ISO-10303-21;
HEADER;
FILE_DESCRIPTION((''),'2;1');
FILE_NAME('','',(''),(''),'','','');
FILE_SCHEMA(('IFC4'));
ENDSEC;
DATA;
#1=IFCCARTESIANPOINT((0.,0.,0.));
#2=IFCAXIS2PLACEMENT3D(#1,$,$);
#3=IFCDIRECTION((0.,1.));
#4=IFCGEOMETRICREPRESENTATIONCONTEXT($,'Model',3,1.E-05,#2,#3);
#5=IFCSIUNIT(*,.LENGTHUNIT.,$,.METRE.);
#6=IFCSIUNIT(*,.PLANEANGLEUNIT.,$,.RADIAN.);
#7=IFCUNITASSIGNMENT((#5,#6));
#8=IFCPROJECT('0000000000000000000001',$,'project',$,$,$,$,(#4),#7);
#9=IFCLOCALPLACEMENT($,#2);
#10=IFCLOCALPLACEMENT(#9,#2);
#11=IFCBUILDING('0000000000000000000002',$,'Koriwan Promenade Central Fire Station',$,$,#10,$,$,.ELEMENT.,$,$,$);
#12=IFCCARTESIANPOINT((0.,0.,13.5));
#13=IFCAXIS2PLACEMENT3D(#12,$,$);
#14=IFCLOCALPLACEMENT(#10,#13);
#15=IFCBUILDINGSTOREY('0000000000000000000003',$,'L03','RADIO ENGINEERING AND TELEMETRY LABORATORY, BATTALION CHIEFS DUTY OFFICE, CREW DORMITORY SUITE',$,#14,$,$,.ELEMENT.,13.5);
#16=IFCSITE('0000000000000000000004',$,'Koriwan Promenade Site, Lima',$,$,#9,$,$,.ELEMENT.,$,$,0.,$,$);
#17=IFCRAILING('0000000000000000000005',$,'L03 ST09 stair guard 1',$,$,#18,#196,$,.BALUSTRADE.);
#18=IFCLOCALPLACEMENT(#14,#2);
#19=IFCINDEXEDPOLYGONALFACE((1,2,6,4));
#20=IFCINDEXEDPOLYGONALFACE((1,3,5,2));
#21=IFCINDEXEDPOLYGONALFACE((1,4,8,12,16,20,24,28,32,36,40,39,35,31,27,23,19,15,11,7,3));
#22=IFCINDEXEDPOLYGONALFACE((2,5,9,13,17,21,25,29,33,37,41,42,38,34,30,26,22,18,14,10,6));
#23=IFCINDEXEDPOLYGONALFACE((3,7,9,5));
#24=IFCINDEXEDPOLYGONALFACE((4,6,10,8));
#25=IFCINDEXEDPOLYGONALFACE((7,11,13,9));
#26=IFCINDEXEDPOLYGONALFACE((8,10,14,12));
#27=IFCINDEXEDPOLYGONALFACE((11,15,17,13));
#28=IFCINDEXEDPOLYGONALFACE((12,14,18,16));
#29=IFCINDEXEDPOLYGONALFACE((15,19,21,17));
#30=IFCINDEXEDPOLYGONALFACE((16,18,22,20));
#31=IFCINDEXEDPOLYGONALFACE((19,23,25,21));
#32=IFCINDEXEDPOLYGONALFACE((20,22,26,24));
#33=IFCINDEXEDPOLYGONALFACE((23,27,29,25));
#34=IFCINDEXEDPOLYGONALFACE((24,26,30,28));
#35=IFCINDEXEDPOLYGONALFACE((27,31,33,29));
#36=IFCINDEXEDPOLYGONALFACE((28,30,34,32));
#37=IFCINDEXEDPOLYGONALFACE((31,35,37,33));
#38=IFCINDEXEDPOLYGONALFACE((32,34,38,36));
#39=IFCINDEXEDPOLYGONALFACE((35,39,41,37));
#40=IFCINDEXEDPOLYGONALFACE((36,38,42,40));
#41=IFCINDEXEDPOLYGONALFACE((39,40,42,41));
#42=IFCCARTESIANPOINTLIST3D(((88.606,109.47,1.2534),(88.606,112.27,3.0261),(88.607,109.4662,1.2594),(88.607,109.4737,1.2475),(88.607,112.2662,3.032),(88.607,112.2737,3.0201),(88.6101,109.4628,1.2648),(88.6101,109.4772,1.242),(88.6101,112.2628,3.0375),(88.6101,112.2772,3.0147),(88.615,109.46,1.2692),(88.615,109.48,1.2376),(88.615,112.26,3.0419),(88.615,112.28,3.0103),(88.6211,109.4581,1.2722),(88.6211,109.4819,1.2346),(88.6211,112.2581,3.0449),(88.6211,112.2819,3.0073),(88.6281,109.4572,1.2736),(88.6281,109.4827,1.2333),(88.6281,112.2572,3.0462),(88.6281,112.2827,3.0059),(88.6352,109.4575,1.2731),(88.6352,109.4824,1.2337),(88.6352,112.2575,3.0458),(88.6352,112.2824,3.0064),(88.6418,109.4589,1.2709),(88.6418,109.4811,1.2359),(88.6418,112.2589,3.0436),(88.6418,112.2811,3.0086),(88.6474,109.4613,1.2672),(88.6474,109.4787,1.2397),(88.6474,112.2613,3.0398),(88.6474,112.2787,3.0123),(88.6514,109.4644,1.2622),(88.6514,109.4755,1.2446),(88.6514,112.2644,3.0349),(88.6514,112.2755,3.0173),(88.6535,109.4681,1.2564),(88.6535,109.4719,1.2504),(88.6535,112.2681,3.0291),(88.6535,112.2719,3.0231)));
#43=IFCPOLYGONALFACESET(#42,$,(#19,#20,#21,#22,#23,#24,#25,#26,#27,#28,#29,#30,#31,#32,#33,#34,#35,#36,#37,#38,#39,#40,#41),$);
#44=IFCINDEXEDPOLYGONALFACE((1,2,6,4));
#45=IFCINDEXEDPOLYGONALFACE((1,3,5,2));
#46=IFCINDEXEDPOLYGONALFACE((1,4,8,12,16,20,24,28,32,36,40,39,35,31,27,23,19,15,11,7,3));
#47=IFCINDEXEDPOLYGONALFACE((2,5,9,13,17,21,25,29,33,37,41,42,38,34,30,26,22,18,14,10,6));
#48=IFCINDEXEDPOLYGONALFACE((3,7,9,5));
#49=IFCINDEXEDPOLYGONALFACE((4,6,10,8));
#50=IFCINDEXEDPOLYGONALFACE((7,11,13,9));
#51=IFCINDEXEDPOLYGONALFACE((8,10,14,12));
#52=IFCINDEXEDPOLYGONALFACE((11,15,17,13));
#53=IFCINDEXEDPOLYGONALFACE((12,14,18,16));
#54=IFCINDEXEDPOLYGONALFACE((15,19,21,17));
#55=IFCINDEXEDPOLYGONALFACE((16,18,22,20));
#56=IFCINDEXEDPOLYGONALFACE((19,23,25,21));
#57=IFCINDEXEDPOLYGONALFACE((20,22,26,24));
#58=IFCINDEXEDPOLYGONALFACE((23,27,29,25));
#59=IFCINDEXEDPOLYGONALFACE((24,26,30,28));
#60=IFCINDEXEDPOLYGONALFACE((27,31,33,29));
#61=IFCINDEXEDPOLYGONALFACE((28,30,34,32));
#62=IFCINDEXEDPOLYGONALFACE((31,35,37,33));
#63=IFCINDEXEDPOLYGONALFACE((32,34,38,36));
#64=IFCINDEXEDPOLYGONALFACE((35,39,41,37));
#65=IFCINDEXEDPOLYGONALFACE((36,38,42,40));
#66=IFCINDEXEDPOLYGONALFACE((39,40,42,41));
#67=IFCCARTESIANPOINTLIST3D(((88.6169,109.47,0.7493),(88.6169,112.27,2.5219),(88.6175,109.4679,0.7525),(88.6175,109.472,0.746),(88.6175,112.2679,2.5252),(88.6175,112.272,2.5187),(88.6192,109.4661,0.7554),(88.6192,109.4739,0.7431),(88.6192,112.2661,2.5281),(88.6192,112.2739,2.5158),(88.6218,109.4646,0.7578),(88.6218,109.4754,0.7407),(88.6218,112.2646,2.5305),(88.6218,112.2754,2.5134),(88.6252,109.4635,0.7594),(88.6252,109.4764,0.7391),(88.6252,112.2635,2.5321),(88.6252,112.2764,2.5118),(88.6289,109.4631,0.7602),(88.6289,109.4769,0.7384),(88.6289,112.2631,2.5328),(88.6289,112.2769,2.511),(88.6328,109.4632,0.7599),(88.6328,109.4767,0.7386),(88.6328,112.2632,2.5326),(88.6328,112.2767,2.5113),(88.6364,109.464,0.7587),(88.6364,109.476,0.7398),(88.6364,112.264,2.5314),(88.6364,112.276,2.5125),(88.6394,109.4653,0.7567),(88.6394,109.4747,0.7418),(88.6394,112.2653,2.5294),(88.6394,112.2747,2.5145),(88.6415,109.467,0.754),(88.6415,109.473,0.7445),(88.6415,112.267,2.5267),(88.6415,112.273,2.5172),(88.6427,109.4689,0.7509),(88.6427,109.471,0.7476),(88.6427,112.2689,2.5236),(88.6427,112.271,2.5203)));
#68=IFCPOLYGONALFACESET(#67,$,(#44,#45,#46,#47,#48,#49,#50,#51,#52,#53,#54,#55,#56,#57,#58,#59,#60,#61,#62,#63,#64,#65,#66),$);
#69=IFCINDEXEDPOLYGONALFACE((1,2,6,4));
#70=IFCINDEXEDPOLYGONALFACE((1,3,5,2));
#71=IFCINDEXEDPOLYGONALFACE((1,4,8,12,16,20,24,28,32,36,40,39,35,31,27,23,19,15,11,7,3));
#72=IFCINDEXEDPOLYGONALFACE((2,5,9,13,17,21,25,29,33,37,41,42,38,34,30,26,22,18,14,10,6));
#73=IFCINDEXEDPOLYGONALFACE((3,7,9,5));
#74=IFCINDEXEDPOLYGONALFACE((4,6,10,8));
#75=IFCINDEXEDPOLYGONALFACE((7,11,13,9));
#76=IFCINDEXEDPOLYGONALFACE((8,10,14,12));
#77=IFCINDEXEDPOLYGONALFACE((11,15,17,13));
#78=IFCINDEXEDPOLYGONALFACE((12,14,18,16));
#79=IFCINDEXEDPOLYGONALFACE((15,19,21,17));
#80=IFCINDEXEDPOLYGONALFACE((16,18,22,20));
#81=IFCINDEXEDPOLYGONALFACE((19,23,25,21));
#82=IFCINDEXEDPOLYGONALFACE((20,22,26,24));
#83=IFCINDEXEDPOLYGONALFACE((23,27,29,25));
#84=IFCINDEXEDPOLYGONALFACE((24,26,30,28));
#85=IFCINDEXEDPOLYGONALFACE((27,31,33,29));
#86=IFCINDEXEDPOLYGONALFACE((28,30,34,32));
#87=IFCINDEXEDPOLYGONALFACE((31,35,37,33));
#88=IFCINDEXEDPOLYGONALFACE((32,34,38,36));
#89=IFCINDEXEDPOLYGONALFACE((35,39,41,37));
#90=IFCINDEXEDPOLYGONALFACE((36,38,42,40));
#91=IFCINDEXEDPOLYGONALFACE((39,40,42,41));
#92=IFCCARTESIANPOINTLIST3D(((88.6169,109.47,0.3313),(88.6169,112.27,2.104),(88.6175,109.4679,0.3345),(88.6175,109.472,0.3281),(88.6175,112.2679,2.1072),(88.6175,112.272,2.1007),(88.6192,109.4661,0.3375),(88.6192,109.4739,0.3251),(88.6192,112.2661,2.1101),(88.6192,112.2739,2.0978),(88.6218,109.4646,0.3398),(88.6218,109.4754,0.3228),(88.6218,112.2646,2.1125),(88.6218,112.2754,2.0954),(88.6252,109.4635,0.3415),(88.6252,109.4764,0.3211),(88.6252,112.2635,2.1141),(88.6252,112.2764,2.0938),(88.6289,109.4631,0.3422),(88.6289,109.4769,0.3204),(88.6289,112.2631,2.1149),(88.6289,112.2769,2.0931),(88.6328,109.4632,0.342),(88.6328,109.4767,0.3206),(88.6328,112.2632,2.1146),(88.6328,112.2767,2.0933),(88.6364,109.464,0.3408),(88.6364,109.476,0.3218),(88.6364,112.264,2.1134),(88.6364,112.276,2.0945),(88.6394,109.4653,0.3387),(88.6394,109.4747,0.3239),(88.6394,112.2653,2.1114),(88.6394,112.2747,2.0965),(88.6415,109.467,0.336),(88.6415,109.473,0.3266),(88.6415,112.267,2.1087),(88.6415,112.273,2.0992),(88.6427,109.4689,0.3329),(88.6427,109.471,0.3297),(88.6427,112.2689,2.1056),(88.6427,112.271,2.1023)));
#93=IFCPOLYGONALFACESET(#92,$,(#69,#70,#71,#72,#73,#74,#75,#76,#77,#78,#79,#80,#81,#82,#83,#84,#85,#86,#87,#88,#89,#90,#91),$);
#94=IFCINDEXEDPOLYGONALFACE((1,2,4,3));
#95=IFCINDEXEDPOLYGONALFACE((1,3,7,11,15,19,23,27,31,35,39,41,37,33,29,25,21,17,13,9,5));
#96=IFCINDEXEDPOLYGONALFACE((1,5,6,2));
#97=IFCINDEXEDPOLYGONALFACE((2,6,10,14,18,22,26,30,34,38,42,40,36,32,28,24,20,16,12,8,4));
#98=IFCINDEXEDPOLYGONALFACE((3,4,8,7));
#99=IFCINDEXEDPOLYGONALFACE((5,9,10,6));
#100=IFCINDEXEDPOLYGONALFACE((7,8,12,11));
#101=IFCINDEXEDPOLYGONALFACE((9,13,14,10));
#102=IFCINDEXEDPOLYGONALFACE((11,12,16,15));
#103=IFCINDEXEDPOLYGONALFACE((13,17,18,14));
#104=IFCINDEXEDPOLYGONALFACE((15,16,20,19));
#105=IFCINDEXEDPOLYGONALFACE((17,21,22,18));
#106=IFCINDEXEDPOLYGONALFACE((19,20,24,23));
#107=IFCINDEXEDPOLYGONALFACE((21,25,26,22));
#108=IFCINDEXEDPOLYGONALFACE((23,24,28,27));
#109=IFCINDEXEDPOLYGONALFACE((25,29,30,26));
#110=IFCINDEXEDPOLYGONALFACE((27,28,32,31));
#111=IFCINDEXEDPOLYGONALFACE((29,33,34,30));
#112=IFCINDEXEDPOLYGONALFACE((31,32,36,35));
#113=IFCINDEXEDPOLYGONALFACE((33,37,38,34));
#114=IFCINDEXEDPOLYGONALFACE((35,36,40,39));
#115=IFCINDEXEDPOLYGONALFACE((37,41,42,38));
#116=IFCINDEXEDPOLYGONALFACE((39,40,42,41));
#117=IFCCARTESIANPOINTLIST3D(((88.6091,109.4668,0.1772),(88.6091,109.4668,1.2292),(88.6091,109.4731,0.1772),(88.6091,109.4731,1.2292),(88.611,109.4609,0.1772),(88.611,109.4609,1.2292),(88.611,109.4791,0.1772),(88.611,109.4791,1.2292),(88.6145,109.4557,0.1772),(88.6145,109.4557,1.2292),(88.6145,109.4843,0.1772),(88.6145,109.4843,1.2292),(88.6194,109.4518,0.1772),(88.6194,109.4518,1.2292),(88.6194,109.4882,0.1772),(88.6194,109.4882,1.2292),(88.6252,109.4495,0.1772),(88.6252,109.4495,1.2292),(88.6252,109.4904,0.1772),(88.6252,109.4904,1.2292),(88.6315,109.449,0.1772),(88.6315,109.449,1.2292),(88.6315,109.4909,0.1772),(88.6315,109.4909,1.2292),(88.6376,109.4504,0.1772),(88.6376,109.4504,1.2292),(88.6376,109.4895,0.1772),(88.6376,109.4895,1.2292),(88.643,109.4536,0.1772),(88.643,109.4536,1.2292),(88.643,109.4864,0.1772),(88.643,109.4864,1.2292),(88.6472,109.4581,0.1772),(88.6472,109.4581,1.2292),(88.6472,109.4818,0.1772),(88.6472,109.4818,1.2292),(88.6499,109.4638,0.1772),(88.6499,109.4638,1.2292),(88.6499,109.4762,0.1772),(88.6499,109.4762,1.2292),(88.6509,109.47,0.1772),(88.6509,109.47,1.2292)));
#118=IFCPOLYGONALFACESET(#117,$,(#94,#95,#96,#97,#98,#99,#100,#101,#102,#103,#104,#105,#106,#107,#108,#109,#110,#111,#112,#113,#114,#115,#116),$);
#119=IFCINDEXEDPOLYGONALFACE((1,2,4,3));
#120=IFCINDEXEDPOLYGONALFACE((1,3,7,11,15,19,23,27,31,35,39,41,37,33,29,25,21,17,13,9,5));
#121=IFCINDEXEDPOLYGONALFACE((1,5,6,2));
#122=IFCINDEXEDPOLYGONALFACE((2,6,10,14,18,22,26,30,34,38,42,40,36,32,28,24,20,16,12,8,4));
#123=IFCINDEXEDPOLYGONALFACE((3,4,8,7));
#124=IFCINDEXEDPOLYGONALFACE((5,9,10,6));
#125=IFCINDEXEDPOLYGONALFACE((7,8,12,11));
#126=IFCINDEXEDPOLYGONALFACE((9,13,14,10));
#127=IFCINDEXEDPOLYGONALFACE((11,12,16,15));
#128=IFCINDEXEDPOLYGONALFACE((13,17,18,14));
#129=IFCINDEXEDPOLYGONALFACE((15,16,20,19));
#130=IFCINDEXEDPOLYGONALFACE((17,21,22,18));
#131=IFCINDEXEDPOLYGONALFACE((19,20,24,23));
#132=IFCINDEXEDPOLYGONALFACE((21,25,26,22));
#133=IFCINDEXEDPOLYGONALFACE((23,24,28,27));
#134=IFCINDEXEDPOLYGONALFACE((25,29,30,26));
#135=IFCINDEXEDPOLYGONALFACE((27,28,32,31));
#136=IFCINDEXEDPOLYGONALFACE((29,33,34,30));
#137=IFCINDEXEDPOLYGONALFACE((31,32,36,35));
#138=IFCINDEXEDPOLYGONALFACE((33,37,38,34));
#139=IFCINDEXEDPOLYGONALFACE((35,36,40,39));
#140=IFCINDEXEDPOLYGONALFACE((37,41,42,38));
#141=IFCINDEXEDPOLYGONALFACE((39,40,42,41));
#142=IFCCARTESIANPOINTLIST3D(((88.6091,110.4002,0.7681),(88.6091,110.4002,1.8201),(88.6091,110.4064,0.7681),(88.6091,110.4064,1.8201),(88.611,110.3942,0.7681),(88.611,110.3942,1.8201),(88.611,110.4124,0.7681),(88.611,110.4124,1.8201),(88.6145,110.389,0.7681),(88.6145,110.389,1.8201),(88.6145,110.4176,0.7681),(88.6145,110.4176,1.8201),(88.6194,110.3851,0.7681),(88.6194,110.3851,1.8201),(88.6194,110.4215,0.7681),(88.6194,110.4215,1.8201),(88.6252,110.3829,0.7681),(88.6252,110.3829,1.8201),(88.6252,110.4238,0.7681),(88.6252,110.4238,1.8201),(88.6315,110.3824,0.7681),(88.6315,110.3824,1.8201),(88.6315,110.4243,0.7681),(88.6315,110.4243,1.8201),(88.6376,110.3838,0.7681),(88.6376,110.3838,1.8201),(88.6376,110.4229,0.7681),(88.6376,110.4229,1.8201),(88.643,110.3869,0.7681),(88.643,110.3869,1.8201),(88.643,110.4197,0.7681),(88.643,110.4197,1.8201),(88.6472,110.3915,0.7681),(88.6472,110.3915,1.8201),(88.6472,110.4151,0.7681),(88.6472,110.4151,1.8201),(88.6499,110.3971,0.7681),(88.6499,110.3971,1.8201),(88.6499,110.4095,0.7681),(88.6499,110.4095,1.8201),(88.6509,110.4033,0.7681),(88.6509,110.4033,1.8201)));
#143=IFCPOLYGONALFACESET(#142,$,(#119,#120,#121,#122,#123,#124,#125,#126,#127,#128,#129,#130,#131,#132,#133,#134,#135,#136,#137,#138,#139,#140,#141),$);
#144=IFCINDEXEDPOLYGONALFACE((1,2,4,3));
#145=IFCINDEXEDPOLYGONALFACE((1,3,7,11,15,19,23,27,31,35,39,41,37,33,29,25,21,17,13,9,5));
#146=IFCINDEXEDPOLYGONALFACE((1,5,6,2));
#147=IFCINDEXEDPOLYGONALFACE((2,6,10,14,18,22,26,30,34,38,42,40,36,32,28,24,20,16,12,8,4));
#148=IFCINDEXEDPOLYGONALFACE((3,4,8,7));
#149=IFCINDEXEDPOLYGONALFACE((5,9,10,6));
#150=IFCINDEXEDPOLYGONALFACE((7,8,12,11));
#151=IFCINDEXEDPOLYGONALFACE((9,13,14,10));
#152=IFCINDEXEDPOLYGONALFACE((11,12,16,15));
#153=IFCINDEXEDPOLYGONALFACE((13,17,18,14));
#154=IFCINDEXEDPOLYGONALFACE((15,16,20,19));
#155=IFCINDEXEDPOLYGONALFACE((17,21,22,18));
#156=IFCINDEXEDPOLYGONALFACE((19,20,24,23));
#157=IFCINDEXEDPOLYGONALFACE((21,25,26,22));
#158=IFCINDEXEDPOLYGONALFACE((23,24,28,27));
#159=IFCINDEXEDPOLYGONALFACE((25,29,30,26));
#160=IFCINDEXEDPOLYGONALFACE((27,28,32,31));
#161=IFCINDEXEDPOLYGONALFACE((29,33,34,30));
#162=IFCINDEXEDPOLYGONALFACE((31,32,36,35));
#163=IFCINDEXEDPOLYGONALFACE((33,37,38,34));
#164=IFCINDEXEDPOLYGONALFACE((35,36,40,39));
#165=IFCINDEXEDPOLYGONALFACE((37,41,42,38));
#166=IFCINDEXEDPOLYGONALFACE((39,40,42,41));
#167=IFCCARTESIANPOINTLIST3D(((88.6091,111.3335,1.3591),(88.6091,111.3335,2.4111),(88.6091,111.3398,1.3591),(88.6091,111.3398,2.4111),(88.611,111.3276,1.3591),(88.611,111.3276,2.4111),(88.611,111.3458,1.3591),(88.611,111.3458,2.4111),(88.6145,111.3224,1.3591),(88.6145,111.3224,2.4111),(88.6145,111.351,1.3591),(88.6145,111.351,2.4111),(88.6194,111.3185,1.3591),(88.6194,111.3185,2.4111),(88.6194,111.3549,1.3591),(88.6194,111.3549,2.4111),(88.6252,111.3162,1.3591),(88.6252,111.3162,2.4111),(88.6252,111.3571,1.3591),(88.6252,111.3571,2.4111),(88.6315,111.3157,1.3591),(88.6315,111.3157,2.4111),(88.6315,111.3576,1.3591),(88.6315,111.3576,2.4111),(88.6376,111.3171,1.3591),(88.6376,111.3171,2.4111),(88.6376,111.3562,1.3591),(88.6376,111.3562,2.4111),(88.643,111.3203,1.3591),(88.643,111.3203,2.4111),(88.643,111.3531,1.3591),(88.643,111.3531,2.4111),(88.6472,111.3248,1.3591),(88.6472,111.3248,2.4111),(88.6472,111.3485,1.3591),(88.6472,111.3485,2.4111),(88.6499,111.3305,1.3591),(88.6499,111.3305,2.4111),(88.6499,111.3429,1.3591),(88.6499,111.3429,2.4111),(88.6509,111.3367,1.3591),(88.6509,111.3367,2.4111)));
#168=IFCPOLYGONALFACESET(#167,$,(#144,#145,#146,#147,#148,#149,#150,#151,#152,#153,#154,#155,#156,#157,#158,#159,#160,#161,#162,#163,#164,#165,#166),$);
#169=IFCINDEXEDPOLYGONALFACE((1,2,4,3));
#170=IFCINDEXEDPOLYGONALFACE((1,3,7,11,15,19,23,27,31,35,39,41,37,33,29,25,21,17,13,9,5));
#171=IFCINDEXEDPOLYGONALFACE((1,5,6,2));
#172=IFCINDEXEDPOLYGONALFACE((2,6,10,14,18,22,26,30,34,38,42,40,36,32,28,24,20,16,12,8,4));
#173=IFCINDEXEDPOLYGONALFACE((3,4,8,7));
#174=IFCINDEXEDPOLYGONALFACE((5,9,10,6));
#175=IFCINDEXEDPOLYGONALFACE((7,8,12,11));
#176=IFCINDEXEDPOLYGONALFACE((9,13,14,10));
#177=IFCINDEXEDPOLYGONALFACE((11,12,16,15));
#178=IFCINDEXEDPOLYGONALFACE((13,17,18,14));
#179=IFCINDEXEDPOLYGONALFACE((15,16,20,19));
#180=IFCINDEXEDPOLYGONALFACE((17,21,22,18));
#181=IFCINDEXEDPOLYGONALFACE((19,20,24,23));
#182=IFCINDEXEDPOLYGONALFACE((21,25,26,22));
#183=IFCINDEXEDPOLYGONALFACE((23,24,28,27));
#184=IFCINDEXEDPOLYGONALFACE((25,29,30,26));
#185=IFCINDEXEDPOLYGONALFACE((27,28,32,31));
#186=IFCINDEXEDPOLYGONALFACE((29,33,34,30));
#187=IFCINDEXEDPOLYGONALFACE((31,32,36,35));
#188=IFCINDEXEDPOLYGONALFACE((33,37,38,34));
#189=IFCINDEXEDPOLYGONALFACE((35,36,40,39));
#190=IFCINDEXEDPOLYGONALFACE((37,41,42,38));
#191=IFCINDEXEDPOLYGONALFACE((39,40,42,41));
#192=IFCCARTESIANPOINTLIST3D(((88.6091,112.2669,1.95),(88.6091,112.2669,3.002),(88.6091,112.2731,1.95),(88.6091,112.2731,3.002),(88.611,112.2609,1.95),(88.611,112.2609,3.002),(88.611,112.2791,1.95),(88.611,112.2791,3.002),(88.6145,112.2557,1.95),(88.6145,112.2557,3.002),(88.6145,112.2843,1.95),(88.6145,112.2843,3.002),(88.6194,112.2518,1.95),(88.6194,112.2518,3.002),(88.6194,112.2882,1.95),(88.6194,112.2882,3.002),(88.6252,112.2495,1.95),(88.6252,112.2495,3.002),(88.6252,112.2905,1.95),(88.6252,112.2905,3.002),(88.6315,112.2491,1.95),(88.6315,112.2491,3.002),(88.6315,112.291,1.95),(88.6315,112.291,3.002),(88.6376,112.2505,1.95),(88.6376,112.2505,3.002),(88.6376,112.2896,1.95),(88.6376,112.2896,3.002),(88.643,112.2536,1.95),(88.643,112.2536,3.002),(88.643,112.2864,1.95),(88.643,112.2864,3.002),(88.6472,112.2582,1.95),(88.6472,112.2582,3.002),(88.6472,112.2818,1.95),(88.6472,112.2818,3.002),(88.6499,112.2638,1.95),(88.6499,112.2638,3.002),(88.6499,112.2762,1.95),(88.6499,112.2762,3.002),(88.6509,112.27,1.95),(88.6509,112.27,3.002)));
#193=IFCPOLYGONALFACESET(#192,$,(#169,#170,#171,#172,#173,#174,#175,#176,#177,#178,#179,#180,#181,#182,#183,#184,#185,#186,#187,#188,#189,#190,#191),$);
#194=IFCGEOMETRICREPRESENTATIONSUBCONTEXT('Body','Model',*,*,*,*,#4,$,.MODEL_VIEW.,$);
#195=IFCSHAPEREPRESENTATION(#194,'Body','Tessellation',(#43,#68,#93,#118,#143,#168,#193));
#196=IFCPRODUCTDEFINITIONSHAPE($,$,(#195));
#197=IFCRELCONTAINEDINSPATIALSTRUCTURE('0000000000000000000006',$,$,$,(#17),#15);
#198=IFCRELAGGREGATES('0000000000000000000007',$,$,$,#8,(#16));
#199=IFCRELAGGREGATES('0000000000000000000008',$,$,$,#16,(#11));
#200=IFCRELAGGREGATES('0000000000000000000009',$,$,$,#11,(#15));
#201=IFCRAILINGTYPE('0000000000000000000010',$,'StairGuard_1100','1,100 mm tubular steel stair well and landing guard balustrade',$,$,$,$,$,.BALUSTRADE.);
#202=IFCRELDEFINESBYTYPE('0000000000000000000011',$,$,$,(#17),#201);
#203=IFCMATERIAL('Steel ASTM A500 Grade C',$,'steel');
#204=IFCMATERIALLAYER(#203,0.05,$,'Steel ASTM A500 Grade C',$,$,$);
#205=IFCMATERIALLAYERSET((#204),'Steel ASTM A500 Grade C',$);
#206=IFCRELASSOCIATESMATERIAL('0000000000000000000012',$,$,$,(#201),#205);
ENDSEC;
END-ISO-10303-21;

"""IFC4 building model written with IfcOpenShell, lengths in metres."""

from ifc_helpers import new_model, si_unit, direction, frame, origin, origin_2d, place, context, subcontext, project, spatial, circle, extrude, material, layer, layer_set, type_object, element, save


model = new_model("IFC4")

# Units and contexts
model_context = context("Model", 3, precision=1e-05, world=origin(), true_north=direction((0.0, 1.0)))
body_context = subcontext(model_context, "Body", "Model", "MODEL_VIEW")
ifc_project = project(units=[si_unit("LENGTHUNIT", "METRE"), si_unit("PLANEANGLEUNIT", "RADIAN")], contexts=[model_context])

# Site, building, storey
site_placement = place(None, origin())
site = spatial("IfcSite", under=ifc_project, at=site_placement, Name="Koriwan Promenade Site, Lima", CompositionType="ELEMENT", RefElevation=0.0)
building_placement = place(site_placement, origin())
building = spatial("IfcBuilding", under=site, at=building_placement, Name="Koriwan Promenade Central Fire Station", CompositionType="ELEMENT")
storey_placement = place(building_placement, frame((0.0, 0.0, 13.5)))
storey = spatial("IfcBuildingStorey", under=building, at=storey_placement, Name="L03", Description="RADIO ENGINEERING AND TELEMETRY LABORATORY, BATTALION CHIEFS DUTY OFFICE, CREW DORMITORY SUITE", CompositionType="ELEMENT", Elevation=13.5)

# Railing
ifc_material_1 = material(Name="Steel ASTM A500 Grade C", Category="steel")
ifc_layer_1 = layer(ifc_material_1, 0.05, Name="Steel ASTM A500 Grade C")
ifc_layer_set_1 = layer_set([ifc_layer_1], Name="Steel ASTM A500 Grade C")
railing_type_1 = type_object("IfcRailingType", Name="StairGuard_1100", Description="1,100 mm tubular steel stair well and landing guard balustrade", PredefinedType="BALUSTRADE", material=ifc_layer_set_1)
railing_1_placement = place(storey_placement, frame((88.6299, 109.47, 0.1772)))
element("IfcRailing", 1, at=railing_1_placement, inside=storey, type_object=railing_type_1, Name="L03 ST09 stair guard 1", PredefinedType="BALUSTRADE", context=body_context, shape_type="SweptSolid", body=[
    extrude(circle(Radius=0.0239, at=origin_2d()), frame((0.0, 0.0, 1.0762), z_axis=(0.0, 0.844909, 0.53491), x_axis=(-1.0, 0.0, 0.0)), (0.0, 0.0, 1.0), 3.314),
    extrude(circle(Radius=0.0129, at=origin_2d()), frame((0.0, 0.0, 0.572), z_axis=(0.0, 0.844909, 0.53491), x_axis=(-1.0, 0.0, 0.0)), (0.0, 0.0, 1.0), 3.314),
    extrude(circle(Radius=0.0129, at=origin_2d()), frame((0.0, 0.0, 0.1541), z_axis=(0.0, 0.844909, 0.53491), x_axis=(-1.0, 0.0, 0.0)), (0.0, 0.0, 1.0), 3.314),
    extrude(circle(Radius=0.021, at=origin_2d()), origin(), (0.0, 0.0, 1.0), 1.052),
    extrude(circle(Radius=0.021, at=origin_2d()), frame((0.0, 0.9333, 0.5908)), (0.0, 0.0, 1.0), 1.052),
    extrude(circle(Radius=0.021, at=origin_2d()), frame((0.0, 1.8667, 1.1819)), (0.0, 0.0, 1.0), 1.052),
    extrude(circle(Radius=0.021, at=origin_2d()), frame((0.0, 2.8, 1.7727)), (0.0, 0.0, 1.0), 1.052),
])

save(model, "model.ifc")
